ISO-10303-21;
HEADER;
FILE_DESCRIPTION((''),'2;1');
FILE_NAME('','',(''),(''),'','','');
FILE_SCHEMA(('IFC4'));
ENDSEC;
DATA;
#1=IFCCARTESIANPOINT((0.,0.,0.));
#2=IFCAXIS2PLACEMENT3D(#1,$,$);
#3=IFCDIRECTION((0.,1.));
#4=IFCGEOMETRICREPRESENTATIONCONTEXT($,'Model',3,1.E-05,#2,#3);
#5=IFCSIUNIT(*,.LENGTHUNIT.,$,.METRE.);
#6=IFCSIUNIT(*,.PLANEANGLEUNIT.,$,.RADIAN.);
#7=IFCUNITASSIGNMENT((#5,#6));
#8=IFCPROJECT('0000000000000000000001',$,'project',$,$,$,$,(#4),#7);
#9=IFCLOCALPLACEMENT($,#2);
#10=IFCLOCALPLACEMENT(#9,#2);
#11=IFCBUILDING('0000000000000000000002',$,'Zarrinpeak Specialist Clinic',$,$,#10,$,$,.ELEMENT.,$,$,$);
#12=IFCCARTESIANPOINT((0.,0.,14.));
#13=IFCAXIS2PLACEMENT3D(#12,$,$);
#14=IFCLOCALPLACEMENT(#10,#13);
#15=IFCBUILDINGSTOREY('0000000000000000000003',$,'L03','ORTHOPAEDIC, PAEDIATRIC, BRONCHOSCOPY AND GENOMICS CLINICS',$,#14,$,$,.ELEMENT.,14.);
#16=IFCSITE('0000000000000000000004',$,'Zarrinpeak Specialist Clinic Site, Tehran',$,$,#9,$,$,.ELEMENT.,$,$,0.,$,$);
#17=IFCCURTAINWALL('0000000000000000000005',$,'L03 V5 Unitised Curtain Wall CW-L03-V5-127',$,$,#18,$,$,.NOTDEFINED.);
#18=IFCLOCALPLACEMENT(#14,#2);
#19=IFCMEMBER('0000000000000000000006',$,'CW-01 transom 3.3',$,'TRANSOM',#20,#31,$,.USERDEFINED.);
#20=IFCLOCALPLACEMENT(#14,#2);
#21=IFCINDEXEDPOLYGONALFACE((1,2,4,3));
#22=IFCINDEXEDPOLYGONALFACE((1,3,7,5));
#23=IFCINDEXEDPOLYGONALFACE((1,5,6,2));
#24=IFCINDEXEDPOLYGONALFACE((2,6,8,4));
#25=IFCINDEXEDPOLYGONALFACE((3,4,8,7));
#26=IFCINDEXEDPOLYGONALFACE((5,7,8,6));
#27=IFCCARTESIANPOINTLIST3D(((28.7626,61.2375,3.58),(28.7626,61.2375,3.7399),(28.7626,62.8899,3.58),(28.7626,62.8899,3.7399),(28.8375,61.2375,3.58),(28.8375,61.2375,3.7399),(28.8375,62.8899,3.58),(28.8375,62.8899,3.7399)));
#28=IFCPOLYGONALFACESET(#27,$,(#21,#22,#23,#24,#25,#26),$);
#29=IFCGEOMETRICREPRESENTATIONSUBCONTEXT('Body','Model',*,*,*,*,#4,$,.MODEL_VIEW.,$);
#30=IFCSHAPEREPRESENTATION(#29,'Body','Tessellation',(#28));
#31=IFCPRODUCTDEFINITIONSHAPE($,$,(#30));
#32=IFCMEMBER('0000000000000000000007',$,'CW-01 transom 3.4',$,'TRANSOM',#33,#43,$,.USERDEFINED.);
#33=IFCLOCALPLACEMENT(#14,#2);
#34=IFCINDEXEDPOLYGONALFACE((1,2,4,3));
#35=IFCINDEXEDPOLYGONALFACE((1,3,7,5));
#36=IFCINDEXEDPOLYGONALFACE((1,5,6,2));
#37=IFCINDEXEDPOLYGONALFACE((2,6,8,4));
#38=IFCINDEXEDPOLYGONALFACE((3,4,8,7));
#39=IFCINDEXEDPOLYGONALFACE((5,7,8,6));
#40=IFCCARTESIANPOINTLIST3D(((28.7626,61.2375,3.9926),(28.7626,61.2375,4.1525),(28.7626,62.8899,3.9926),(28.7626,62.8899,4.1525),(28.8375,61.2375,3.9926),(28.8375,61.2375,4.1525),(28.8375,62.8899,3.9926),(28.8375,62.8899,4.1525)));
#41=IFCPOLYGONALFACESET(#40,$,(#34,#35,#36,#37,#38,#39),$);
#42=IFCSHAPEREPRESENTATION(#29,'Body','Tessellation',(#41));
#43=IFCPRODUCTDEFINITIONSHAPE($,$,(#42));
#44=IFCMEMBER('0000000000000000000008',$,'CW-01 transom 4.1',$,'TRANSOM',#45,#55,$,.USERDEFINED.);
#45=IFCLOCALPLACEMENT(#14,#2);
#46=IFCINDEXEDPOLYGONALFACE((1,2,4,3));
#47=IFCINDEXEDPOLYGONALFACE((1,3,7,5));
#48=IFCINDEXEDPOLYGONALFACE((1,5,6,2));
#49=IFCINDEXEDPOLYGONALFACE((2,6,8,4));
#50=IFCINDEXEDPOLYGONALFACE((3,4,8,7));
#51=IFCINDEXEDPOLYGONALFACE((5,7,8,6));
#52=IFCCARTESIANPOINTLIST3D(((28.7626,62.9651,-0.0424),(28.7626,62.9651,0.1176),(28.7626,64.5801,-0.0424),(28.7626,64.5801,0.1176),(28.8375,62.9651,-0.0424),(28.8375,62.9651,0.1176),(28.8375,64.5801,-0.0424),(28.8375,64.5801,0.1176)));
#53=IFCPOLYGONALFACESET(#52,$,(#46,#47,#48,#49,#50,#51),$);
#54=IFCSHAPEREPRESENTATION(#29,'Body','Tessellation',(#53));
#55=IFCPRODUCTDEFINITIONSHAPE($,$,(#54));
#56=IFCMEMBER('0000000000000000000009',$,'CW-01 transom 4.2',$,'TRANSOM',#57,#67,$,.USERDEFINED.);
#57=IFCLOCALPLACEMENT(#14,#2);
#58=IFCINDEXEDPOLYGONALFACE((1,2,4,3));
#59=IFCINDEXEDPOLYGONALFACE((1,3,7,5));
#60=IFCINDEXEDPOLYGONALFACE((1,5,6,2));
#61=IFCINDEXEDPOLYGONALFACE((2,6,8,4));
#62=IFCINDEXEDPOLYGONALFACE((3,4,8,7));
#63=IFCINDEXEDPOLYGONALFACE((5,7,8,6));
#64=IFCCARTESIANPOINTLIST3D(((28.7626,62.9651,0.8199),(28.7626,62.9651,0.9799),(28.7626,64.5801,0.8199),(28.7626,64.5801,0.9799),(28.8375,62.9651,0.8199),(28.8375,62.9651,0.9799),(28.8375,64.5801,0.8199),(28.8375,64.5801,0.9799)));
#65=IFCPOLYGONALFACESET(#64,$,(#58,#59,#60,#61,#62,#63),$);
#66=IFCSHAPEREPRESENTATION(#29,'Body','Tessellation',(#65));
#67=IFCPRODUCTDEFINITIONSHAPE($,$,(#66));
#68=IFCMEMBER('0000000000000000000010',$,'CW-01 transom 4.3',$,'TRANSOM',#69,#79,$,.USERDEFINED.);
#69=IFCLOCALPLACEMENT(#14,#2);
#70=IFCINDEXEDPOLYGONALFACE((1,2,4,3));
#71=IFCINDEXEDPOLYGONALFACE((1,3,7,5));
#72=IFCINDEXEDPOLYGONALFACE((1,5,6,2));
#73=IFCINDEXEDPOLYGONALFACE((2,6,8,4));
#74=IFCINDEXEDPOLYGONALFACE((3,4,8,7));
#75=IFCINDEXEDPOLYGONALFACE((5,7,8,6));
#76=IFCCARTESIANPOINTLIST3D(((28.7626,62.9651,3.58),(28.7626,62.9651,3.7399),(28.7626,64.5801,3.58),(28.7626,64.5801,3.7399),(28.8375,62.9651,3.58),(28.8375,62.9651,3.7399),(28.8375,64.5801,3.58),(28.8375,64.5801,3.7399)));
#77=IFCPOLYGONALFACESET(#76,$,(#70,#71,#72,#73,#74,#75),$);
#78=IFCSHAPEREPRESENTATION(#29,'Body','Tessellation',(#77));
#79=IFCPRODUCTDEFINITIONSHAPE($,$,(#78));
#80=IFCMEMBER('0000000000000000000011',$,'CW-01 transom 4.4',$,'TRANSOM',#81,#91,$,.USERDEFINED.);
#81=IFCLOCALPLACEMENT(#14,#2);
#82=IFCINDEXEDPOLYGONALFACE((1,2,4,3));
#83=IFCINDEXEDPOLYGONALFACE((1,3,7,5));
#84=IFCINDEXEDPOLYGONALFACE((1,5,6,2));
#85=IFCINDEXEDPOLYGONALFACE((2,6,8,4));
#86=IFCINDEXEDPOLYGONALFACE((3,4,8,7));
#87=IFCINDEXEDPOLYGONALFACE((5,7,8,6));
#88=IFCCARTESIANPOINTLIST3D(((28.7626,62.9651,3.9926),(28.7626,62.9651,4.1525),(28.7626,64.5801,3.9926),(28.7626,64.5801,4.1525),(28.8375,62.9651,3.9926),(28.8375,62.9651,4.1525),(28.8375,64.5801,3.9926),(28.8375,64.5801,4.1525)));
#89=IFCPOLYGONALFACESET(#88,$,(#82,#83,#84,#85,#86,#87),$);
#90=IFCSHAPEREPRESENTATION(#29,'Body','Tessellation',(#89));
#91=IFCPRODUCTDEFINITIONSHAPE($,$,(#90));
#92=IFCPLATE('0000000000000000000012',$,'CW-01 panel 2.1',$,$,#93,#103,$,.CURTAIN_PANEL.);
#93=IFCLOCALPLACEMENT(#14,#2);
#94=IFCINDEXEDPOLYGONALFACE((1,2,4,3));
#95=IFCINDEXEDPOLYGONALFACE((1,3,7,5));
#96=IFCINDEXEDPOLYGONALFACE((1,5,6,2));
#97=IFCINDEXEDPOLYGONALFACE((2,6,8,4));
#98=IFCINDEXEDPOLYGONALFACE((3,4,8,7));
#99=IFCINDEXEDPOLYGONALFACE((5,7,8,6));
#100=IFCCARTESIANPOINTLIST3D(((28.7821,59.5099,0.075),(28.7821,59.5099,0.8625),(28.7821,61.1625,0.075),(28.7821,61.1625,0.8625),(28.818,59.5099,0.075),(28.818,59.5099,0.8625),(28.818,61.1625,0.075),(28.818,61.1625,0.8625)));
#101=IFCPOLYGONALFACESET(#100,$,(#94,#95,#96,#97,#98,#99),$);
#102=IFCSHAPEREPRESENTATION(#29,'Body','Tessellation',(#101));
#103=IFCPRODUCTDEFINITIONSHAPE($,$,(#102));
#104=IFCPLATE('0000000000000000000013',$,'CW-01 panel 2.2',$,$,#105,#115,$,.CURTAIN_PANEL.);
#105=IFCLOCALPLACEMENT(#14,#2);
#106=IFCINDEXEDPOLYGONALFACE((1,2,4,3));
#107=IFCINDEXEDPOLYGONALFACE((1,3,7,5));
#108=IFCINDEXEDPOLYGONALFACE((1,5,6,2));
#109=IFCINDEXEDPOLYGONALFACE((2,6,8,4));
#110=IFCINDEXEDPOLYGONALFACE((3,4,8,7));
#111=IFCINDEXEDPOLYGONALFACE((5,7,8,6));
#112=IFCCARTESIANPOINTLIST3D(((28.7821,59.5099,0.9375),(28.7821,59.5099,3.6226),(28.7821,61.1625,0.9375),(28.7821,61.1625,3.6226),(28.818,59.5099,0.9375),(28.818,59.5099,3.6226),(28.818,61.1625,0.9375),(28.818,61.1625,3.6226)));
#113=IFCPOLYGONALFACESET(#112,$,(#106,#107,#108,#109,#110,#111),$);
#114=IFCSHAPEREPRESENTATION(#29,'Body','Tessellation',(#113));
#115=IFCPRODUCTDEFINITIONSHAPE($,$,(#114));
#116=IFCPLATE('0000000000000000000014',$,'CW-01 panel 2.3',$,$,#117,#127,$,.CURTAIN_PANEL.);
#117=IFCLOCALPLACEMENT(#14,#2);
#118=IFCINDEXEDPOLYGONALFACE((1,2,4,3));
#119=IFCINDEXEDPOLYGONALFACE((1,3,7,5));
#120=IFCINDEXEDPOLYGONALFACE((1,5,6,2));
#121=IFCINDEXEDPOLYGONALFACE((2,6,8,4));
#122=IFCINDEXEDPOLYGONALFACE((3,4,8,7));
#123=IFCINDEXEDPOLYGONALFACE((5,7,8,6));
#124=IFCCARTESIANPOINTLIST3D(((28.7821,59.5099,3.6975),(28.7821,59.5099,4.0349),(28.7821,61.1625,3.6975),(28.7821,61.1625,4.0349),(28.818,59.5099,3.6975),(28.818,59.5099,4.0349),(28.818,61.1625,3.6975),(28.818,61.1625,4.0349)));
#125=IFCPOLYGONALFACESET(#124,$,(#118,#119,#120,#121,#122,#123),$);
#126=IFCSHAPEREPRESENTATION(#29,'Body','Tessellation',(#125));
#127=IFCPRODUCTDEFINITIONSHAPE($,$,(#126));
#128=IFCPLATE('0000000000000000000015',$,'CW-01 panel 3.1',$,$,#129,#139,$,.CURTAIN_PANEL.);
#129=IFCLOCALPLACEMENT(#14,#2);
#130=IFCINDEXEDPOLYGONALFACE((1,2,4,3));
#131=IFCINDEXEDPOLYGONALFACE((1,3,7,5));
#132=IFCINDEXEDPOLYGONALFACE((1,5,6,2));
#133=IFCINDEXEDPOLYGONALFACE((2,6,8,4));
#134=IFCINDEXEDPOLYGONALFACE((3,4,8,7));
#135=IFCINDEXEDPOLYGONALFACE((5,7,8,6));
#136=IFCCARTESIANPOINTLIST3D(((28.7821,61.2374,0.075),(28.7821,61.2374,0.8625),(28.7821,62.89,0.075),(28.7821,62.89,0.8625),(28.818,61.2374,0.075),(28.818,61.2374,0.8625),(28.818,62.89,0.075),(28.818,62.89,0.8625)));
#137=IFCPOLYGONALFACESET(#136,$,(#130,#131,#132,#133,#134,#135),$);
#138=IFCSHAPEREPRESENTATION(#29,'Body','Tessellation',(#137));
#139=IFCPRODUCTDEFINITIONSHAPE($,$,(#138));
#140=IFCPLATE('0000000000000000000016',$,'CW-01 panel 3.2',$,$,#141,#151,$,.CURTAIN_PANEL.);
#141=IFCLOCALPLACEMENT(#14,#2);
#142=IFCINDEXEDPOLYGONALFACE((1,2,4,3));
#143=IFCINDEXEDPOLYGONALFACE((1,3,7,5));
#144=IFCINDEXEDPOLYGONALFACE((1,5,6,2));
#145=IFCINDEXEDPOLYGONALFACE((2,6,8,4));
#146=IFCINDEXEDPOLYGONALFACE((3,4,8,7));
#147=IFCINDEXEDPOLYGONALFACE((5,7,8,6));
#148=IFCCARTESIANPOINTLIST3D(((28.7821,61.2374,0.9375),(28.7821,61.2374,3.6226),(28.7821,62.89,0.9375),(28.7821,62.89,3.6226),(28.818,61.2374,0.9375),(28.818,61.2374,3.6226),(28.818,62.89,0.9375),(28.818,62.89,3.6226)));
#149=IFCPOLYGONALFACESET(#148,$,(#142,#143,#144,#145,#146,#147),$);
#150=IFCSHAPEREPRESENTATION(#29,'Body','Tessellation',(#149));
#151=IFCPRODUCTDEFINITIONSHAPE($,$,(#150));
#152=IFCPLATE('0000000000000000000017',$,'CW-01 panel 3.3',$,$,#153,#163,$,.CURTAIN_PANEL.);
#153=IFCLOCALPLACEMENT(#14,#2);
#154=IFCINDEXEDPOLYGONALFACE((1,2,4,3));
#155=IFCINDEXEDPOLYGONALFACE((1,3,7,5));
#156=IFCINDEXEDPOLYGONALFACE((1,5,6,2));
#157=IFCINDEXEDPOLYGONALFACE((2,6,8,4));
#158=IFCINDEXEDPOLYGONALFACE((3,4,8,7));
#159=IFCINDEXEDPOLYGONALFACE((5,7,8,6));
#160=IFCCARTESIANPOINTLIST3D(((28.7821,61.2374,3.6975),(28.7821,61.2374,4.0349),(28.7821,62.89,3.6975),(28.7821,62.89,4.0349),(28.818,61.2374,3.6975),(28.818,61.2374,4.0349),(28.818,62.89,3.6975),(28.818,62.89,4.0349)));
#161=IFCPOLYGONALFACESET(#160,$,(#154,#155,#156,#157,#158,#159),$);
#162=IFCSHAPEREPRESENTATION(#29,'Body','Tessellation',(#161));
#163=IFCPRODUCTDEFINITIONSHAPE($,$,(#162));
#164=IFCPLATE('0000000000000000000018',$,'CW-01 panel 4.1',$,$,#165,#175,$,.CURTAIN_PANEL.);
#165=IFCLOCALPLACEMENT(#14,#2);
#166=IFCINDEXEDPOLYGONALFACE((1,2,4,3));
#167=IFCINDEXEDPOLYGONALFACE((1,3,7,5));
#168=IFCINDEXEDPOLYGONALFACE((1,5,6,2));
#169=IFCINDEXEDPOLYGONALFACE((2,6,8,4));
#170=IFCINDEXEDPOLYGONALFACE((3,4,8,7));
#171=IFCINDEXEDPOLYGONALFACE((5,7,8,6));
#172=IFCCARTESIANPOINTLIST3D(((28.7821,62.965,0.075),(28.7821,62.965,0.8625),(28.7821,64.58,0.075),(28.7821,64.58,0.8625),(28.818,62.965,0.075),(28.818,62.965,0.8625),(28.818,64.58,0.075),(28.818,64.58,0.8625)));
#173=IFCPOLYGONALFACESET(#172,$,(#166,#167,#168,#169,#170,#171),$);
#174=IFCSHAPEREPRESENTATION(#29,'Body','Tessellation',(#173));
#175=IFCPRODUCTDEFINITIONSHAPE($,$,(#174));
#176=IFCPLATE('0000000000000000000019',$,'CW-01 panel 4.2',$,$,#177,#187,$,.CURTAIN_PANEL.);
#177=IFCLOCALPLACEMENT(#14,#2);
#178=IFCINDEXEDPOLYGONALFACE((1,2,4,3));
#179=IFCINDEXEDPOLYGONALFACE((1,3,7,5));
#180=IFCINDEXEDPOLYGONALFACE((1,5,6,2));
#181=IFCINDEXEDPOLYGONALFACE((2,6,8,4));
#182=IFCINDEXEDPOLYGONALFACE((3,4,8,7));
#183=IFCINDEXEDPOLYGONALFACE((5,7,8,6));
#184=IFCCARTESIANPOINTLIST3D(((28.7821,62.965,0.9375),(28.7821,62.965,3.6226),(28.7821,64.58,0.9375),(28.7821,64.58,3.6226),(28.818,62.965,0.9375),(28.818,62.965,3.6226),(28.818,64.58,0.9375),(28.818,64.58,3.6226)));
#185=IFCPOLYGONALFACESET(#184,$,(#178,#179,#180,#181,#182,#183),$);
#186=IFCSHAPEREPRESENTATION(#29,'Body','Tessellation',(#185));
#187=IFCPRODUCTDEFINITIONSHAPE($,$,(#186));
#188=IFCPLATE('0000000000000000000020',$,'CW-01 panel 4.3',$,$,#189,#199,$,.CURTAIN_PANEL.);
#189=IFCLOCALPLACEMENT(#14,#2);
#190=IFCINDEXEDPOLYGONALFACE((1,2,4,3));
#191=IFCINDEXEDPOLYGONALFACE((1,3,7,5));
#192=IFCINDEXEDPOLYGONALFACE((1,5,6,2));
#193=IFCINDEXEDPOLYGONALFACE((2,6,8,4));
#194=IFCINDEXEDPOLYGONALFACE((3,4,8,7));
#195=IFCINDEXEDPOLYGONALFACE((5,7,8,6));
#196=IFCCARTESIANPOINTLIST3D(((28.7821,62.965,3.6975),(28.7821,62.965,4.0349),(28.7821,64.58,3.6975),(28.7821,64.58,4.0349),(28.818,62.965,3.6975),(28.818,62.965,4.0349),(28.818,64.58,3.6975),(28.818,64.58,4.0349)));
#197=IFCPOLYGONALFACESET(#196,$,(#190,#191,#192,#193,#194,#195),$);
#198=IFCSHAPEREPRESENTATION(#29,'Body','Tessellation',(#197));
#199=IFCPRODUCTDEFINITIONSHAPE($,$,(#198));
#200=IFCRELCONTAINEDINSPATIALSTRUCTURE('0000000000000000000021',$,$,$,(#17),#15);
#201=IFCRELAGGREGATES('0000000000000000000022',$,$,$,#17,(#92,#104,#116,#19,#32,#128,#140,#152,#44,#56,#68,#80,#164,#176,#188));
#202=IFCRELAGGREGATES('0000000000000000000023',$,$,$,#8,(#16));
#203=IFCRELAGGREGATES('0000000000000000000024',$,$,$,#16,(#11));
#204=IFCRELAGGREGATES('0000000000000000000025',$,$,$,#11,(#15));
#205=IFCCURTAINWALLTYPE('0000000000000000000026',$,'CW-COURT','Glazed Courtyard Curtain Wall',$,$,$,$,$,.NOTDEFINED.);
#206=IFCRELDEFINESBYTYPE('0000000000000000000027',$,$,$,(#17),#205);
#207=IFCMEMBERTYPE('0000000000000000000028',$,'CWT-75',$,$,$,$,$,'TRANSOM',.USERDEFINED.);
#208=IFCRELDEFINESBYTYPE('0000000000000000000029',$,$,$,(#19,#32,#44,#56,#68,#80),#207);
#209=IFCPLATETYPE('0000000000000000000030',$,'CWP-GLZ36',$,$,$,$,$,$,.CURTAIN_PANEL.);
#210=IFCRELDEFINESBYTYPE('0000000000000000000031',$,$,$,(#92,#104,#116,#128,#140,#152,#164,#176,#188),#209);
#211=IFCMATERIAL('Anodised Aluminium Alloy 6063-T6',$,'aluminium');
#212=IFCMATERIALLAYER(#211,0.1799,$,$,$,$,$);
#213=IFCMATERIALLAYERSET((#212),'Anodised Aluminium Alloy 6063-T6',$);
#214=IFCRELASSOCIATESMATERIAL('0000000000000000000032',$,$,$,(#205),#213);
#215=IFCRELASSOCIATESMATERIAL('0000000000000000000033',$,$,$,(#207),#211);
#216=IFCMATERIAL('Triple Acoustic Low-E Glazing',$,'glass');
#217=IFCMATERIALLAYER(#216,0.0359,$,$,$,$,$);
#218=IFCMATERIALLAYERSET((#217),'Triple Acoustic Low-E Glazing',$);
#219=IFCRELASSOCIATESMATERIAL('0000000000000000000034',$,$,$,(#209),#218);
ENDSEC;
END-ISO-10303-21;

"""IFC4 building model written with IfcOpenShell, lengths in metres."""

from ifc_helpers import new_model, si_unit, direction, frame, origin, origin_2d, place, context, subcontext, project, spatial, rectangle, extrude, material, layer, layer_set, material_profile, profile_set, type_object, element, aggregate, save


model = new_model("IFC4")

# Units and contexts
model_context = context("Model", 3, precision=1e-05, world=origin(), true_north=direction((0.0, 1.0)))
body_context = subcontext(model_context, "Body", "Model", "MODEL_VIEW")
ifc_project = project(units=[si_unit("LENGTHUNIT", "METRE"), si_unit("PLANEANGLEUNIT", "RADIAN")], contexts=[model_context])

# Site, building, storey
site_placement = place(None, origin())
site = spatial("IfcSite", under=ifc_project, at=site_placement, Name="Zarrinpeak Specialist Clinic Site, Tehran", CompositionType="ELEMENT", RefElevation=0.0)
building_placement = place(site_placement, origin())
building = spatial("IfcBuilding", under=site, at=building_placement, Name="Zarrinpeak Specialist Clinic", CompositionType="ELEMENT")
storey_placement = place(building_placement, frame((0.0, 0.0, 14.0)))
storey = spatial("IfcBuildingStorey", under=building, at=storey_placement, Name="L03", Description="ORTHOPAEDIC, PAEDIATRIC, BRONCHOSCOPY AND GENOMICS CLINICS", CompositionType="ELEMENT", Elevation=14.0)

# Curtain wall
ifc_material_1 = material(Name="Anodised Aluminium Alloy 6063-T6", Category="aluminium")
ifc_layer_1 = layer(ifc_material_1, 0.1799)
ifc_layer_set_1 = layer_set([ifc_layer_1], Name="Anodised Aluminium Alloy 6063-T6")
curtain_wall_type = type_object("IfcCurtainWallType", Name="CW-COURT", Description="Glazed Courtyard Curtain Wall", PredefinedType="NOTDEFINED", material=ifc_layer_set_1)
curtain_wall_1_placement = place(storey_placement, origin())
curtain_wall_1 = element("IfcCurtainWall", 1, at=curtain_wall_1_placement, inside=storey, type_object=curtain_wall_type, Name="L03 V5 Unitised Curtain Wall CW-L03-V5-127", PredefinedType="NOTDEFINED")

# Members
ifc_material_profile_1 = material_profile(ifc_material_1, rectangle(XDim=0.075, YDim=0.1599, at=origin_2d()), Name="ALU 75x160")
ifc_profile_set_1 = profile_set([ifc_material_profile_1], Name="Anodised Aluminium Alloy 6063-T6")
member_type_1 = type_object("IfcMemberType", Name="CWT-75", ElementType="TRANSOM", PredefinedType="USERDEFINED", material=ifc_profile_set_1)
member_1_placement = place(storey_placement, frame((28.8, 61.2375, 3.6599), z_axis=(0.0, 1.0, 0.0), x_axis=(-1.0, 0.0, 0.0)))
member_1 = element("IfcMember", 2, at=member_1_placement, type_object=member_type_1, Name="CW-01 transom 3.3", ObjectType="TRANSOM", PredefinedType="USERDEFINED", context=body_context, shape_type="SweptSolid", body=[
    extrude(rectangle(XDim=0.075, YDim=0.1599, at=origin_2d()), origin(), (0.0, 0.0, 1.0), 1.6523),
])
member_2_placement = place(storey_placement, frame((28.8, 61.2375, 4.0725), z_axis=(0.0, 1.0, 0.0), x_axis=(-1.0, 0.0, 0.0)))
member_2 = element("IfcMember", 3, at=member_2_placement, type_object=member_type_1, Name="CW-01 transom 3.4", ObjectType="TRANSOM", PredefinedType="USERDEFINED", context=body_context, shape_type="SweptSolid", body=[
    extrude(rectangle(XDim=0.075, YDim=0.1599, at=origin_2d()), origin(), (0.0, 0.0, 1.0), 1.6523),
])
member_3_placement = place(storey_placement, frame((28.8, 62.9651, 0.0376), z_axis=(0.0, 1.0, 0.0), x_axis=(-1.0, 0.0, 0.0)))
member_3 = element("IfcMember", 4, at=member_3_placement, type_object=member_type_1, Name="CW-01 transom 4.1", ObjectType="TRANSOM", PredefinedType="USERDEFINED", context=body_context, shape_type="SweptSolid", body=[
    extrude(rectangle(XDim=0.075, YDim=0.1599, at=origin_2d()), origin(), (0.0, 0.0, 1.0), 1.615),
])
member_4_placement = place(storey_placement, frame((28.8, 62.9651, 0.8999), z_axis=(0.0, 1.0, 0.0), x_axis=(-1.0, 0.0, 0.0)))
member_4 = element("IfcMember", 5, at=member_4_placement, type_object=member_type_1, Name="CW-01 transom 4.2", ObjectType="TRANSOM", PredefinedType="USERDEFINED", context=body_context, shape_type="SweptSolid", body=[
    extrude(rectangle(XDim=0.075, YDim=0.1599, at=origin_2d()), origin(), (0.0, 0.0, 1.0), 1.615),
])
member_5_placement = place(storey_placement, frame((28.8, 62.9651, 3.6599), z_axis=(0.0, 1.0, 0.0), x_axis=(-1.0, 0.0, 0.0)))
member_5 = element("IfcMember", 6, at=member_5_placement, type_object=member_type_1, Name="CW-01 transom 4.3", ObjectType="TRANSOM", PredefinedType="USERDEFINED", context=body_context, shape_type="SweptSolid", body=[
    extrude(rectangle(XDim=0.075, YDim=0.1599, at=origin_2d()), origin(), (0.0, 0.0, 1.0), 1.615),
])
member_6_placement = place(storey_placement, frame((28.8, 62.9651, 4.0725), z_axis=(0.0, 1.0, 0.0), x_axis=(-1.0, 0.0, 0.0)))
member_6 = element("IfcMember", 7, at=member_6_placement, type_object=member_type_1, Name="CW-01 transom 4.4", ObjectType="TRANSOM", PredefinedType="USERDEFINED", context=body_context, shape_type="SweptSolid", body=[
    extrude(rectangle(XDim=0.075, YDim=0.1599, at=origin_2d()), origin(), (0.0, 0.0, 1.0), 1.615),
])

# Plates
ifc_material_2 = material(Name="Triple Acoustic Low-E Glazing", Category="glass")
ifc_layer_2 = layer(ifc_material_2, 0.0359)
ifc_layer_set_2 = layer_set([ifc_layer_2], Name="Triple Acoustic Low-E Glazing")
plate_type = type_object("IfcPlateType", Name="CWP-GLZ36", PredefinedType="CURTAIN_PANEL", material=ifc_layer_set_2)
plate_1_placement = place(storey_placement, frame((28.8, 60.3362, 0.075), z_axis=(0.0, 0.0, 1.0), x_axis=(0.0, 1.0, 0.0)))
plate_1 = element("IfcPlate", 8, at=plate_1_placement, type_object=plate_type, Name="CW-01 panel 2.1", PredefinedType="CURTAIN_PANEL", context=body_context, shape_type="SweptSolid", body=[
    extrude(rectangle(XDim=1.6526, YDim=0.0359, at=origin_2d()), origin(), (0.0, 0.0, 1.0), 0.7876),
])
plate_2_placement = place(storey_placement, frame((28.8, 60.3362, 0.9375), z_axis=(0.0, 0.0, 1.0), x_axis=(0.0, 1.0, 0.0)))
plate_2 = element("IfcPlate", 9, at=plate_2_placement, type_object=plate_type, Name="CW-01 panel 2.2", PredefinedType="CURTAIN_PANEL", context=body_context, shape_type="SweptSolid", body=[
    extrude(rectangle(XDim=1.6526, YDim=0.0359, at=origin_2d()), origin(), (0.0, 0.0, 1.0), 2.6851),
])
plate_3_placement = place(storey_placement, frame((28.8, 60.3362, 3.6975), z_axis=(0.0, 0.0, 1.0), x_axis=(0.0, 1.0, 0.0)))
plate_3 = element("IfcPlate", 10, at=plate_3_placement, type_object=plate_type, Name="CW-01 panel 2.3", PredefinedType="CURTAIN_PANEL", context=body_context, shape_type="SweptSolid", body=[
    extrude(rectangle(XDim=1.6526, YDim=0.0359, at=origin_2d()), origin(), (0.0, 0.0, 1.0), 0.3374),
])
plate_4_placement = place(storey_placement, frame((28.8, 62.0637, 0.075), z_axis=(0.0, 0.0, 1.0), x_axis=(0.0, 1.0, 0.0)))
plate_4 = element("IfcPlate", 11, at=plate_4_placement, type_object=plate_type, Name="CW-01 panel 3.1", PredefinedType="CURTAIN_PANEL", context=body_context, shape_type="SweptSolid", body=[
    extrude(rectangle(XDim=1.6526, YDim=0.0359, at=origin_2d()), origin(), (0.0, 0.0, 1.0), 0.7876),
])
plate_5_placement = place(storey_placement, frame((28.8, 62.0637, 0.9375), z_axis=(0.0, 0.0, 1.0), x_axis=(0.0, 1.0, 0.0)))
plate_5 = element("IfcPlate", 12, at=plate_5_placement, type_object=plate_type, Name="CW-01 panel 3.2", PredefinedType="CURTAIN_PANEL", context=body_context, shape_type="SweptSolid", body=[
    extrude(rectangle(XDim=1.6526, YDim=0.0359, at=origin_2d()), origin(), (0.0, 0.0, 1.0), 2.6851),
])
plate_6_placement = place(storey_placement, frame((28.8, 62.0637, 3.6975), z_axis=(0.0, 0.0, 1.0), x_axis=(0.0, 1.0, 0.0)))
plate_6 = element("IfcPlate", 13, at=plate_6_placement, type_object=plate_type, Name="CW-01 panel 3.3", PredefinedType="CURTAIN_PANEL", context=body_context, shape_type="SweptSolid", body=[
    extrude(rectangle(XDim=1.6526, YDim=0.0359, at=origin_2d()), origin(), (0.0, 0.0, 1.0), 0.3374),
])
plate_7_placement = place(storey_placement, frame((28.8, 63.7725, 0.075), z_axis=(0.0, 0.0, 1.0), x_axis=(0.0, 1.0, 0.0)))
plate_7 = element("IfcPlate", 14, at=plate_7_placement, type_object=plate_type, Name="CW-01 panel 4.1", PredefinedType="CURTAIN_PANEL", context=body_context, shape_type="SweptSolid", body=[
    extrude(rectangle(XDim=1.615, YDim=0.0359, at=origin_2d()), origin(), (0.0, 0.0, 1.0), 0.7876),
])
plate_8_placement = place(storey_placement, frame((28.8, 63.7725, 0.9375), z_axis=(0.0, 0.0, 1.0), x_axis=(0.0, 1.0, 0.0)))
plate_8 = element("IfcPlate", 15, at=plate_8_placement, type_object=plate_type, Name="CW-01 panel 4.2", PredefinedType="CURTAIN_PANEL", context=body_context, shape_type="SweptSolid", body=[
    extrude(rectangle(XDim=1.615, YDim=0.0359, at=origin_2d()), origin(), (0.0, 0.0, 1.0), 2.6851),
])
plate_9_placement = place(storey_placement, frame((28.8, 63.7725, 3.6975), z_axis=(0.0, 0.0, 1.0), x_axis=(0.0, 1.0, 0.0)))
plate_9 = element("IfcPlate", 16, at=plate_9_placement, type_object=plate_type, Name="CW-01 panel 4.3", PredefinedType="CURTAIN_PANEL", context=body_context, shape_type="SweptSolid", body=[
    extrude(rectangle(XDim=1.615, YDim=0.0359, at=origin_2d()), origin(), (0.0, 0.0, 1.0), 0.3374),
])
aggregate(curtain_wall_1, [plate_1, plate_2, plate_3, member_1, member_2, plate_4, plate_5, plate_6, member_3, member_4, member_5, member_6, plate_7, plate_8, plate_9])

save(model, "model.ifc")
